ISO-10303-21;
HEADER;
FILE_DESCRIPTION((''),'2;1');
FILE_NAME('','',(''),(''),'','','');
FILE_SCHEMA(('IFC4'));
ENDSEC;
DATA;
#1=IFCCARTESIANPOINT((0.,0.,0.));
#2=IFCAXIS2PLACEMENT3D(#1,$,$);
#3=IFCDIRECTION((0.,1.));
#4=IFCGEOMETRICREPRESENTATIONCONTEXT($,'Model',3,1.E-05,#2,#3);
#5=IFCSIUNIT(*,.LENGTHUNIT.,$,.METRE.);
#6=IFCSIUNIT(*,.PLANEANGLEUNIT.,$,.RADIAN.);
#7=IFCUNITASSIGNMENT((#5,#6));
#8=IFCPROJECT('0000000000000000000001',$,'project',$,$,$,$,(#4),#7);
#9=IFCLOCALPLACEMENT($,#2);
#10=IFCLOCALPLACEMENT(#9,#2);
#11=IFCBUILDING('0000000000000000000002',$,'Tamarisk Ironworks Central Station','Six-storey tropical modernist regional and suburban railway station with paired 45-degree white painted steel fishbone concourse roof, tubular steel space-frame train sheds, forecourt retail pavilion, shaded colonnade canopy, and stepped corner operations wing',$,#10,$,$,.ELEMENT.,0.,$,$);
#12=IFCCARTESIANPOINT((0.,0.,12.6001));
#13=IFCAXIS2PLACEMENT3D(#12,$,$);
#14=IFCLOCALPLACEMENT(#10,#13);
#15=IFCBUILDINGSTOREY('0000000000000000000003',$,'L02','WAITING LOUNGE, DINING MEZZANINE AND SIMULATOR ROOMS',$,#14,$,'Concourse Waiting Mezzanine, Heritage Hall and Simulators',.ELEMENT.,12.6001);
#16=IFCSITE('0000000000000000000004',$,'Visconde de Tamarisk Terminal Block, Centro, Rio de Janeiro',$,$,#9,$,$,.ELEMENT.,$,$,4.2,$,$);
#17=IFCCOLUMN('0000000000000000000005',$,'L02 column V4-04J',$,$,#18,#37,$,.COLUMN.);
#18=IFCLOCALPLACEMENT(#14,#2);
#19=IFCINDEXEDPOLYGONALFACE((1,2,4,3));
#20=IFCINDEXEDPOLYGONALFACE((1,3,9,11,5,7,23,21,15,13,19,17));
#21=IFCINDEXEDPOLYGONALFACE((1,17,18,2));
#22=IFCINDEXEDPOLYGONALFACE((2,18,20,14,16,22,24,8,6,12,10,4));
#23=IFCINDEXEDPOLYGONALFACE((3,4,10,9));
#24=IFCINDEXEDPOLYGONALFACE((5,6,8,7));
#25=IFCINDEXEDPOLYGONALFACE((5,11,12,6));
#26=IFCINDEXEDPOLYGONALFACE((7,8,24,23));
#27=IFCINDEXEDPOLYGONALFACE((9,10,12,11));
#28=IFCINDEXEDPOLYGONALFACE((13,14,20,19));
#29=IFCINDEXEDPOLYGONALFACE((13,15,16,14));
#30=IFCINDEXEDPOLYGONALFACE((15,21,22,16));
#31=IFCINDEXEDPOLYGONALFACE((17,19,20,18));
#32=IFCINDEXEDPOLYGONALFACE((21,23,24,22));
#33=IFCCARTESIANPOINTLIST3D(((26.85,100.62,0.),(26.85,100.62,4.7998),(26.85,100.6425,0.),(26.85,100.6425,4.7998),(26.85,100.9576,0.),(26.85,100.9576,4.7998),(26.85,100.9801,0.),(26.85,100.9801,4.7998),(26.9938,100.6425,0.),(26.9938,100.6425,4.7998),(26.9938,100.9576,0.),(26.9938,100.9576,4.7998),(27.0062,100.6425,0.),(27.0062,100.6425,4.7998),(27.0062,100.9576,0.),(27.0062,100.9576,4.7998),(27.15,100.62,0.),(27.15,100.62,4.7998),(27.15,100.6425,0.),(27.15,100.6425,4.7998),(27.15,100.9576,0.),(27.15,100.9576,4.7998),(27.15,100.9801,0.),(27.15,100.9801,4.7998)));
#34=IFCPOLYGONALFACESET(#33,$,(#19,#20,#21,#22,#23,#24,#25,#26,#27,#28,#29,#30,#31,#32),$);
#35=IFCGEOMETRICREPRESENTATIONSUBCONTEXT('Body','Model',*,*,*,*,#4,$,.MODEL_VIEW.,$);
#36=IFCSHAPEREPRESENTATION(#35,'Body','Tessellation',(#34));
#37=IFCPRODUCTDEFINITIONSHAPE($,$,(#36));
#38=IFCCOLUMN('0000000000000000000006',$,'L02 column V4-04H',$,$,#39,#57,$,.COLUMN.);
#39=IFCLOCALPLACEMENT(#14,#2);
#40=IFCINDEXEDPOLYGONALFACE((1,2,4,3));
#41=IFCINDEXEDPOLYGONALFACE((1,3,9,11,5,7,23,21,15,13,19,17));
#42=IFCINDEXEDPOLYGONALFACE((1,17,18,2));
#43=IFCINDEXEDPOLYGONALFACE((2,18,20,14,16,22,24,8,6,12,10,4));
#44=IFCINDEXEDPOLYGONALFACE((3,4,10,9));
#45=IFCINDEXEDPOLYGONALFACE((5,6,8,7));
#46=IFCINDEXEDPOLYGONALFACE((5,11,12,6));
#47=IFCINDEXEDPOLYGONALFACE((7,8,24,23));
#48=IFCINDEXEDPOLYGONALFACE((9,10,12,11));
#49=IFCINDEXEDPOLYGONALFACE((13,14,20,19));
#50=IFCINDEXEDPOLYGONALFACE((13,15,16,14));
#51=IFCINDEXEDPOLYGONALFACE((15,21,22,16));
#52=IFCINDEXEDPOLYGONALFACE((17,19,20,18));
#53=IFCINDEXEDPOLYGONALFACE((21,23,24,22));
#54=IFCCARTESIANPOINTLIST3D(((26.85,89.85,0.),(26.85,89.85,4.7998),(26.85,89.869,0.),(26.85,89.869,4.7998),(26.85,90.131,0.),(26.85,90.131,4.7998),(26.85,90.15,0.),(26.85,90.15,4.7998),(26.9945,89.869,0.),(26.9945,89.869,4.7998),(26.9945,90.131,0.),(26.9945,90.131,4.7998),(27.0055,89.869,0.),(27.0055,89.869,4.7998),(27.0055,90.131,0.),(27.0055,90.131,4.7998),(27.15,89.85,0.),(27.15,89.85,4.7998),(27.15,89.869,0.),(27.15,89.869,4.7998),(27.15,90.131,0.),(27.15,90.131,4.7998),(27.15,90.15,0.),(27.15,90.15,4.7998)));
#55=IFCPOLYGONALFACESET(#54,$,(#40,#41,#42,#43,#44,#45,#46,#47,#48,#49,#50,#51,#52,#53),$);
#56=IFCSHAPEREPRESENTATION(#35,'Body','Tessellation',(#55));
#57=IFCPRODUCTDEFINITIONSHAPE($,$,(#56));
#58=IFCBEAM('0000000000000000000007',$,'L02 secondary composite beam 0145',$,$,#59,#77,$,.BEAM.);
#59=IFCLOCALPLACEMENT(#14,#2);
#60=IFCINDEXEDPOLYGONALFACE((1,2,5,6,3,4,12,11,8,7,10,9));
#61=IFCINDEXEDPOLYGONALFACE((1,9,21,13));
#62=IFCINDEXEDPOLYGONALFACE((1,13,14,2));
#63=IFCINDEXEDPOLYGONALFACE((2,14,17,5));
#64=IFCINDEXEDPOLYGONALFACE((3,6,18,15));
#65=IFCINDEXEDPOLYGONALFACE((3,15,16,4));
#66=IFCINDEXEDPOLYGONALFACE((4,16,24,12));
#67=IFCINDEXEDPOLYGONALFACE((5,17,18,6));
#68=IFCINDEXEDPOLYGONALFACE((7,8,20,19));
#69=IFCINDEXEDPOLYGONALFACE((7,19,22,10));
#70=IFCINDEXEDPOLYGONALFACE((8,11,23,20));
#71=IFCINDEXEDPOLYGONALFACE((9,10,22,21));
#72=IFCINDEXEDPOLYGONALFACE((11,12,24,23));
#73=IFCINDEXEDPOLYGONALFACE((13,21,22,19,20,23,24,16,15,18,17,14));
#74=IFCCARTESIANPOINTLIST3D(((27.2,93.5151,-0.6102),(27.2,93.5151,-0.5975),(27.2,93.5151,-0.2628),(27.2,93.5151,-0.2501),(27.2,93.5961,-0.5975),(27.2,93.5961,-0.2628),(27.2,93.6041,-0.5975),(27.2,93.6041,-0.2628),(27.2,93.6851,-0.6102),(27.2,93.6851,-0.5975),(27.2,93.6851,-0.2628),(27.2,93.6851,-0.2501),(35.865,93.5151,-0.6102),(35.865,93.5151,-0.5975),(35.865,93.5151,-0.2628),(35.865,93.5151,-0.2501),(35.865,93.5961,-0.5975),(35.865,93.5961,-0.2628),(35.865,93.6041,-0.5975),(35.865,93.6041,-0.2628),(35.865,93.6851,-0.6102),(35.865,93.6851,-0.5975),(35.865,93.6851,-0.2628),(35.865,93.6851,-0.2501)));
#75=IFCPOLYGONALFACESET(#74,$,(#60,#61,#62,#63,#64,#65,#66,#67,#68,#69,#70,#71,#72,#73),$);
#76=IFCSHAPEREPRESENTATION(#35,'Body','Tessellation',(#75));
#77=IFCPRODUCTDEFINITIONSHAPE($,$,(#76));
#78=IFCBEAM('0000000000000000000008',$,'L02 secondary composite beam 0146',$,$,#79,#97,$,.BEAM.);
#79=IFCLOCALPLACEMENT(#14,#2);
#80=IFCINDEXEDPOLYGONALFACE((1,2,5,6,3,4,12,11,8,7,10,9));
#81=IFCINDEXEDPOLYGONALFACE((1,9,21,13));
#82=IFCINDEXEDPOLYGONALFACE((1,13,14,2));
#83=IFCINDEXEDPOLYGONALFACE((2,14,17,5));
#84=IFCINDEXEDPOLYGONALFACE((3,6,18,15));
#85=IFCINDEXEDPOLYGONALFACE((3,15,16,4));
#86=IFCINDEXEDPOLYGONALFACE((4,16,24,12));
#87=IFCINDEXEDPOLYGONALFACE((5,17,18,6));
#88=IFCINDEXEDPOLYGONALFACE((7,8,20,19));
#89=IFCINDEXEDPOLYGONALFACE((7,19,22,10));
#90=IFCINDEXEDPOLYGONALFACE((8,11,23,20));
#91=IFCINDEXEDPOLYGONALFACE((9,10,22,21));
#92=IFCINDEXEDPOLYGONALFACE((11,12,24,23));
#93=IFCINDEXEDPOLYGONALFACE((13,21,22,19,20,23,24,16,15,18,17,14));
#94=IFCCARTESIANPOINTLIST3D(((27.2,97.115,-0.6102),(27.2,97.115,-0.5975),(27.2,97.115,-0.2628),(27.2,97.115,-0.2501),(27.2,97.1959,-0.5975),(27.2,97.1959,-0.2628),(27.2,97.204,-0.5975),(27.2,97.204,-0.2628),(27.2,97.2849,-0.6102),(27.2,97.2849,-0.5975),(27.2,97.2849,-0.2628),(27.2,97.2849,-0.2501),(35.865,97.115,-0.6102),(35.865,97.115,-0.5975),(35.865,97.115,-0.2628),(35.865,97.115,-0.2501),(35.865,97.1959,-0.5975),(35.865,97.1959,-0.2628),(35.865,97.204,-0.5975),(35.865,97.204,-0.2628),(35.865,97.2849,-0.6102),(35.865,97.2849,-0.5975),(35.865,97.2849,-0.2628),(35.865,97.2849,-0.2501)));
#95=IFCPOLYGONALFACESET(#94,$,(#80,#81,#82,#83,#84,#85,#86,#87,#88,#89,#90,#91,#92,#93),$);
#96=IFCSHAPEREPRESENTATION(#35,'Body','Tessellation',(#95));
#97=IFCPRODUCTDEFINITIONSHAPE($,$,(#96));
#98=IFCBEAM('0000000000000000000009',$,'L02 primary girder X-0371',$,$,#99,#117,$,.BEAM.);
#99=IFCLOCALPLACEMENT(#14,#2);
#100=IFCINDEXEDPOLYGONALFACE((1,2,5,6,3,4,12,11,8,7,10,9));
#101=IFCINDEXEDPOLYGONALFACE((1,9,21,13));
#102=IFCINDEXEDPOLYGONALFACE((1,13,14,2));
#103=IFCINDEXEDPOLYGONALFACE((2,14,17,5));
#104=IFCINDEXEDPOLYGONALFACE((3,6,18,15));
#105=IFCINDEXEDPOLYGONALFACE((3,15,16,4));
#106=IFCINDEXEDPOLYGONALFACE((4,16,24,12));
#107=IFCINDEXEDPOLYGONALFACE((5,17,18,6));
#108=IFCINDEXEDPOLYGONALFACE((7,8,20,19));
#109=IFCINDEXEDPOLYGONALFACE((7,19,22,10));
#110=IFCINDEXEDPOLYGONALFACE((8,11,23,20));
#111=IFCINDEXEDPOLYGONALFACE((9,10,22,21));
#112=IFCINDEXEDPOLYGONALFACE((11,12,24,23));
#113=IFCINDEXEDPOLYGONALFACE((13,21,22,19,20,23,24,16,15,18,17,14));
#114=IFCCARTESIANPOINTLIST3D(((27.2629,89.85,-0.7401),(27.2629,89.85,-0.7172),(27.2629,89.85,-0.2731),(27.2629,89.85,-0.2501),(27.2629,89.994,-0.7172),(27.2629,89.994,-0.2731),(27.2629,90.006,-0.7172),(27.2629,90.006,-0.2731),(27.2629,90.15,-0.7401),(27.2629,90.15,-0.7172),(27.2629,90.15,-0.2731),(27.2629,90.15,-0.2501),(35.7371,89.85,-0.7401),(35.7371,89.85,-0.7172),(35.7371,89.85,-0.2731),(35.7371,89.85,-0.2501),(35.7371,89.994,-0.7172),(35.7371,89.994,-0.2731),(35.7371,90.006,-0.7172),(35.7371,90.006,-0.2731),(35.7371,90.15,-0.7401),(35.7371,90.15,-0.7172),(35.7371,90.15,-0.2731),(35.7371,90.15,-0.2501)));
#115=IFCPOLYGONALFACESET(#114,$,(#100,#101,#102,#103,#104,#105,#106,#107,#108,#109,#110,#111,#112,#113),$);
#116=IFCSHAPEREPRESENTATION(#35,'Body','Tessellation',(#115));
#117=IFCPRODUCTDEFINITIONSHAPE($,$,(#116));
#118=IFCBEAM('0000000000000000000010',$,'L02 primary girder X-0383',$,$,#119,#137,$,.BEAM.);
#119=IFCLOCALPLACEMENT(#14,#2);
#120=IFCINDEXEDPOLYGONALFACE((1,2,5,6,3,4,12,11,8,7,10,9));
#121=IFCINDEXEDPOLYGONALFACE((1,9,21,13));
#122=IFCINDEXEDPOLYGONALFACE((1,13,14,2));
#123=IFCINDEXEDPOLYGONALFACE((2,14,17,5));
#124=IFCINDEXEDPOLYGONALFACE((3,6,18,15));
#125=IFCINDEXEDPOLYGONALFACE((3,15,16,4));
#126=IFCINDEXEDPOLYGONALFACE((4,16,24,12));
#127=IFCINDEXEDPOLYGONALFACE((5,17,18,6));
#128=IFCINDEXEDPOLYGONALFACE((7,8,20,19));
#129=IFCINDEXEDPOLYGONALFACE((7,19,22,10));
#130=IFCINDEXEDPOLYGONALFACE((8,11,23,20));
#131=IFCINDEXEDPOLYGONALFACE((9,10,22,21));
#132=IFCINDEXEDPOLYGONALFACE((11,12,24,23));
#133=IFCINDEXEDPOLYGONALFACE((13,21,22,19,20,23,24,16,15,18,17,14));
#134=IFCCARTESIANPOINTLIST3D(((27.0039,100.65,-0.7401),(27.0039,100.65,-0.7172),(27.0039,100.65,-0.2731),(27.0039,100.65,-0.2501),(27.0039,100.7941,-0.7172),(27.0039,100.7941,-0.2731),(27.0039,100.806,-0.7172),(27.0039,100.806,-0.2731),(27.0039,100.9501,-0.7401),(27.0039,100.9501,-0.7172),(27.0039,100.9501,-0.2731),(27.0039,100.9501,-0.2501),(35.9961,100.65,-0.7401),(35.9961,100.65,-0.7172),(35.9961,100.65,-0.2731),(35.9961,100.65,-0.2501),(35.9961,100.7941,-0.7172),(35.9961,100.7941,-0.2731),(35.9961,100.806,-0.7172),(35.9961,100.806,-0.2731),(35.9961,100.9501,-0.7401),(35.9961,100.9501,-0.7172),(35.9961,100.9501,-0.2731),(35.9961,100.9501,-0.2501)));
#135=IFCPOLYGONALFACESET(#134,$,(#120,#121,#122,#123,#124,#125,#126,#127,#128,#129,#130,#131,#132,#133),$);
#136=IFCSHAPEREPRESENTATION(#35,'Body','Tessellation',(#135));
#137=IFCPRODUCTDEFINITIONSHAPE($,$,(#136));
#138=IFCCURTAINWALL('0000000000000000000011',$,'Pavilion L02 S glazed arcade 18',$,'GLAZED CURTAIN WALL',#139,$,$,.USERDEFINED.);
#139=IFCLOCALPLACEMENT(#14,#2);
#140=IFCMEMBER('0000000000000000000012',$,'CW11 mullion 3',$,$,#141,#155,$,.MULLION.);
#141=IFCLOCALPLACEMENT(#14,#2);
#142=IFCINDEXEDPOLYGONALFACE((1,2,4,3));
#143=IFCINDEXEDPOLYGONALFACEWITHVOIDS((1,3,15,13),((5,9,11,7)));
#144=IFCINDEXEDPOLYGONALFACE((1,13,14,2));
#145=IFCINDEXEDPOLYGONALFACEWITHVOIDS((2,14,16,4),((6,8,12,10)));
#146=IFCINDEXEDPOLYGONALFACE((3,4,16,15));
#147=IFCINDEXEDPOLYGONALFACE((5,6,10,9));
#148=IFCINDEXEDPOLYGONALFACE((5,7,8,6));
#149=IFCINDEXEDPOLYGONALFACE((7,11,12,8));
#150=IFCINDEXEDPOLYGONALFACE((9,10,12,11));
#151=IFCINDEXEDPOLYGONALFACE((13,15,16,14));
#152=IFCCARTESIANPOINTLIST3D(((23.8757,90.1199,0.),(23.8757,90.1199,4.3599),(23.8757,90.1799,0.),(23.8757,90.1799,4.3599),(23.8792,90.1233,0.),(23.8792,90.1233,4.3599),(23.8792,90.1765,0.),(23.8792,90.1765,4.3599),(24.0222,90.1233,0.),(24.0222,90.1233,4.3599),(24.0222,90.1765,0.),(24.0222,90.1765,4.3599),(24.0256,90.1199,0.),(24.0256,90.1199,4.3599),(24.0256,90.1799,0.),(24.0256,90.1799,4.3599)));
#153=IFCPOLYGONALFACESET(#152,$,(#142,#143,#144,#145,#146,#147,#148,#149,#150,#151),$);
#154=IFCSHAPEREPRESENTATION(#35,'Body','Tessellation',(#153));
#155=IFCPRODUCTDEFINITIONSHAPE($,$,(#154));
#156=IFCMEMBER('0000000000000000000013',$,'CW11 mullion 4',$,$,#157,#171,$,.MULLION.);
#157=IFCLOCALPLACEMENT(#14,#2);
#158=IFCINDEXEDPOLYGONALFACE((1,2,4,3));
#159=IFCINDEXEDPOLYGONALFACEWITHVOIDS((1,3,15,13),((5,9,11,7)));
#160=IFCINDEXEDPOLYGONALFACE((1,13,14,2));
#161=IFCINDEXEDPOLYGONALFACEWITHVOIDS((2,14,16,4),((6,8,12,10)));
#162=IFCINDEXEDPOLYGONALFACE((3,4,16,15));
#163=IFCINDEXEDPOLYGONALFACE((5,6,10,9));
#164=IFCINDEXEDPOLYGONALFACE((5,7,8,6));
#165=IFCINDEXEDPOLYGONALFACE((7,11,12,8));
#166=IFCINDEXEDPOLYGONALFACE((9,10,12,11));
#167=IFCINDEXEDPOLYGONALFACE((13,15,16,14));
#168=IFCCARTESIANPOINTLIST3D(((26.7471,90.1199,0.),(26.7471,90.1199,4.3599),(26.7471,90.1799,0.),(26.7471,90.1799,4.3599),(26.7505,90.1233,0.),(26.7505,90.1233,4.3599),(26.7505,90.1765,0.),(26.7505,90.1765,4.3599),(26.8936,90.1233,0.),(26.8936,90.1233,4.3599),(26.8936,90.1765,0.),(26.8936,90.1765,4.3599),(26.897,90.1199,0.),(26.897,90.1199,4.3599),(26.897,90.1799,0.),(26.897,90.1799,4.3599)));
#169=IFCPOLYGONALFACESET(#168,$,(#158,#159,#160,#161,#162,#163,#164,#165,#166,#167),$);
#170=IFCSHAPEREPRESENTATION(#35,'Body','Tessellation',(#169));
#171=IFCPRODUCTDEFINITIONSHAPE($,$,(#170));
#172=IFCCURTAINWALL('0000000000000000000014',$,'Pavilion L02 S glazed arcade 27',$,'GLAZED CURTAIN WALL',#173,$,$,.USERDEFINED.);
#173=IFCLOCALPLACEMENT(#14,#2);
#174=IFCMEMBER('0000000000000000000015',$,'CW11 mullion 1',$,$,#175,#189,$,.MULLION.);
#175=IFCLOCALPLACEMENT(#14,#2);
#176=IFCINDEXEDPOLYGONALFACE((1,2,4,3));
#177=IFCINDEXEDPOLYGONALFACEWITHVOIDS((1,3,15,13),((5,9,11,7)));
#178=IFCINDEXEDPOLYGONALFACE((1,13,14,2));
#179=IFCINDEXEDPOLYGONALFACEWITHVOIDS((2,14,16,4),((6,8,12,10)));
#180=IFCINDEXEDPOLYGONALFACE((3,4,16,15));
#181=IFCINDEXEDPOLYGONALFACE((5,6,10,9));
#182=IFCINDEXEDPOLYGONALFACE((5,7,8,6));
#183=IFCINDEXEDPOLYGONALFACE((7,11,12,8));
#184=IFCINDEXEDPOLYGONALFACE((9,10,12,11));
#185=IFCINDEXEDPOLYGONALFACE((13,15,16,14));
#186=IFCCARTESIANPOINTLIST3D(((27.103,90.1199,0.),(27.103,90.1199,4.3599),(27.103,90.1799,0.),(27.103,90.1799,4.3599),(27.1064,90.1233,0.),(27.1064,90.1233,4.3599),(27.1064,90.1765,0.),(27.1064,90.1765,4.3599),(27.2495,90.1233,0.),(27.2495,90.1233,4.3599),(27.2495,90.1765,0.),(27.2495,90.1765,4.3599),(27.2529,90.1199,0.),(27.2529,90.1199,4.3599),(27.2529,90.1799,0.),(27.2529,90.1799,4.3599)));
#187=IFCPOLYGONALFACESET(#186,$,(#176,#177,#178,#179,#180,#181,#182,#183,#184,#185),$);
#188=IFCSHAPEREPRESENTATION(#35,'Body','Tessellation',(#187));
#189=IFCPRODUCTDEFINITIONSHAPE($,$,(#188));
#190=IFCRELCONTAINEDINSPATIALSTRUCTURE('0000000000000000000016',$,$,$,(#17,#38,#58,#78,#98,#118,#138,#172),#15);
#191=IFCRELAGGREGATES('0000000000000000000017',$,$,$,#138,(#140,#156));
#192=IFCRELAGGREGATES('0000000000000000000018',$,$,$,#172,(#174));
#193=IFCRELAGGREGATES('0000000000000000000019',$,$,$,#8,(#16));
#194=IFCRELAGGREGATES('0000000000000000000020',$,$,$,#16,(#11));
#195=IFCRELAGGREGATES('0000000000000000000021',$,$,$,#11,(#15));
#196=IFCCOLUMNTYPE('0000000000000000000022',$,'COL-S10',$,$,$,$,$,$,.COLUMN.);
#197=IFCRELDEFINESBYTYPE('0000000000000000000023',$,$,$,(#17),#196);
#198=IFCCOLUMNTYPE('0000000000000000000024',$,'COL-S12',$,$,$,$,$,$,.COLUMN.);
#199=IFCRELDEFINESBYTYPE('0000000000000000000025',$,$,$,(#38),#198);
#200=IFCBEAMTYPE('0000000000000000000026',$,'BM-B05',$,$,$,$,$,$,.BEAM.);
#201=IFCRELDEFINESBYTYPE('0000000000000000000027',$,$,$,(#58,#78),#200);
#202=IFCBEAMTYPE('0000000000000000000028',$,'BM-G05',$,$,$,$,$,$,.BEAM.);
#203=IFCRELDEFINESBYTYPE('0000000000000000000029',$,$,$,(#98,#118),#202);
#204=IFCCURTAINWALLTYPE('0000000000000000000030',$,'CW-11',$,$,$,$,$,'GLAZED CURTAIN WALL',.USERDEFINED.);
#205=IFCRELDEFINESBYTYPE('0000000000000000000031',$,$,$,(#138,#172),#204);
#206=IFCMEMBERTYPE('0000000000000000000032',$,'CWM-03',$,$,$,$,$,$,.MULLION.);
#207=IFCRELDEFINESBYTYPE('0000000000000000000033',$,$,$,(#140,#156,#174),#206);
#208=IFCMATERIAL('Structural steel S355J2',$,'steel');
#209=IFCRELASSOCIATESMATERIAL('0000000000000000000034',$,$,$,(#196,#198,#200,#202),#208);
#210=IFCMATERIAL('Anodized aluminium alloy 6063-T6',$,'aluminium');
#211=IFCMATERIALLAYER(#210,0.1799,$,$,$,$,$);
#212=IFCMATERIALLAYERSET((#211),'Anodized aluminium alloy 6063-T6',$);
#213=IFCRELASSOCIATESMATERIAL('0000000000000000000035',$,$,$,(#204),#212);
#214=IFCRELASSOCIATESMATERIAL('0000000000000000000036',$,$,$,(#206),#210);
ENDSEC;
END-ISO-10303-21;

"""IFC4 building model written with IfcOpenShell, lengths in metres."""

from ifc_helpers import new_model, si_unit, direction, frame, origin, origin_2d, place, context, subcontext, project, spatial, hollow_rectangle, i_section, extrude, material, layer, layer_set, material_profile, profile_set, type_object, element, aggregate, save


model = new_model("IFC4")

# Units and contexts
model_context = context("Model", 3, precision=1e-05, world=origin(), true_north=direction((0.0, 1.0)))
body_context = subcontext(model_context, "Body", "Model", "MODEL_VIEW")
ifc_project = project(units=[si_unit("LENGTHUNIT", "METRE"), si_unit("PLANEANGLEUNIT", "RADIAN")], contexts=[model_context])

# Site, building, storey
site_placement = place(None, origin())
site = spatial("IfcSite", under=ifc_project, at=site_placement, Name="Visconde de Tamarisk Terminal Block, Centro, Rio de Janeiro", CompositionType="ELEMENT", RefElevation=4.2)
building_placement = place(site_placement, origin())
building = spatial("IfcBuilding", under=site, at=building_placement, Name="Tamarisk Ironworks Central Station", Description="Six-storey tropical modernist regional and suburban railway station with paired 45-degree white painted steel fishbone concourse roof, tubular steel space-frame train sheds, forecourt retail pavilion, shaded colonnade canopy, and stepped corner operations wing", CompositionType="ELEMENT", ElevationOfRefHeight=0.0)
storey_placement = place(building_placement, frame((0.0, 0.0, 12.6001)))
storey = spatial("IfcBuildingStorey", under=building, at=storey_placement, Name="L02", Description="WAITING LOUNGE, DINING MEZZANINE AND SIMULATOR ROOMS", LongName="Concourse Waiting Mezzanine, Heritage Hall and Simulators", CompositionType="ELEMENT", Elevation=12.6001)

# Columns
ifc_material_1 = material(Name="Structural steel S355J2", Category="steel")
ifc_material_profile_1 = material_profile(ifc_material_1, i_section(OverallWidth=0.3, OverallDepth=0.3601, WebThickness=0.0125, FlangeThickness=0.0225, at=origin_2d()), Name="HEB 360")
ifc_profile_set_1 = profile_set([ifc_material_profile_1], Name="Structural steel S355J2")
column_type_1 = type_object("IfcColumnType", Name="COL-S10", PredefinedType="COLUMN", material=ifc_profile_set_1)
column_1_placement = place(storey_placement, frame((27.0, 100.8, 0.0), z_axis=(0.0, 0.0, 1.0), x_axis=(1.0, 0.0, 0.0)))
element("IfcColumn", 1, at=column_1_placement, inside=storey, type_object=column_type_1, Name="L02 column V4-04J", PredefinedType="COLUMN", context=body_context, shape_type="SweptSolid", body=[
    extrude(i_section(OverallWidth=0.3, OverallDepth=0.3601, WebThickness=0.0125, FlangeThickness=0.0225, at=origin_2d()), origin(), (0.0, 0.0, 1.0), 4.7998),
])
ifc_material_profile_2 = material_profile(ifc_material_1, i_section(OverallWidth=0.3, OverallDepth=0.3, WebThickness=0.011, FlangeThickness=0.019, at=origin_2d()), Name="HEB 300")
ifc_profile_set_2 = profile_set([ifc_material_profile_2], Name="Structural steel S355J2")
column_type_2 = type_object("IfcColumnType", Name="COL-S12", PredefinedType="COLUMN", material=ifc_profile_set_2)
column_2_placement = place(storey_placement, frame((27.0, 90.0, 0.0), z_axis=(0.0, 0.0, 1.0), x_axis=(1.0, 0.0, 0.0)))
element("IfcColumn", 2, at=column_2_placement, inside=storey, type_object=column_type_2, Name="L02 column V4-04H", PredefinedType="COLUMN", context=body_context, shape_type="SweptSolid", body=[
    extrude(i_section(OverallWidth=0.3, OverallDepth=0.3, WebThickness=0.011, FlangeThickness=0.019, at=origin_2d()), origin(), (0.0, 0.0, 1.0), 4.7998),
])

# Beams
ifc_material_profile_3 = material_profile(ifc_material_1, i_section(OverallWidth=0.1699, OverallDepth=0.3601, WebThickness=0.0081, FlangeThickness=0.0127, at=origin_2d()), Name="IPE 360")
ifc_profile_set_3 = profile_set([ifc_material_profile_3], Name="Structural steel S355J2")
beam_type_1 = type_object("IfcBeamType", Name="BM-B05", PredefinedType="BEAM", material=ifc_profile_set_3)
for number, where, z_axis, x_axis, name in (
    (3, (27.2, 93.6001, -0.4302), (1.0, 0.0, 0.0), (0.0, 1.0, 0.0), "L02 secondary composite beam 0145"),
    (4, (27.2, 97.2, -0.4302), (1.0, 0.0, 0.0), (0.0, 1.0, 0.0), "L02 secondary composite beam 0146"),
):
    element("IfcBeam", number, at=place(storey_placement, frame(where, z_axis=z_axis, x_axis=x_axis)), inside=storey, type_object=beam_type_1, Name=name, PredefinedType="BEAM", context=body_context, shape_type="SweptSolid", body=[
        extrude(i_section(OverallWidth=0.1699, OverallDepth=0.3601, WebThickness=0.0081, FlangeThickness=0.0127, at=origin_2d()), origin(), (0.0, 0.0, 1.0), 8.665),
    ])
ifc_material_profile_4 = material_profile(ifc_material_1, i_section(OverallWidth=0.3, OverallDepth=0.49, WebThickness=0.012, FlangeThickness=0.0229, at=origin_2d()), Name="HEA 500")
ifc_profile_set_4 = profile_set([ifc_material_profile_4], Name="Structural steel S355J2")
beam_type_2 = type_object("IfcBeamType", Name="BM-G05", PredefinedType="BEAM", material=ifc_profile_set_4)
beam_1_placement = place(storey_placement, frame((27.2629, 90.0, -0.4951), z_axis=(1.0, 0.0, 0.0), x_axis=(0.0, 1.0, 0.0)))
element("IfcBeam", 5, at=beam_1_placement, inside=storey, type_object=beam_type_2, Name="L02 primary girder X-0371", PredefinedType="BEAM", context=body_context, shape_type="SweptSolid", body=[
    extrude(i_section(OverallWidth=0.3, OverallDepth=0.49, WebThickness=0.012, FlangeThickness=0.0229, at=origin_2d()), origin(), (0.0, 0.0, 1.0), 8.4741),
])
beam_2_placement = place(storey_placement, frame((27.0039, 100.8, -0.4951), z_axis=(1.0, 0.0, 0.0), x_axis=(0.0, 1.0, 0.0)))
element("IfcBeam", 6, at=beam_2_placement, inside=storey, type_object=beam_type_2, Name="L02 primary girder X-0383", PredefinedType="BEAM", context=body_context, shape_type="SweptSolid", body=[
    extrude(i_section(OverallWidth=0.3, OverallDepth=0.49, WebThickness=0.012, FlangeThickness=0.0229, at=origin_2d()), origin(), (0.0, 0.0, 1.0), 8.9922),
])

# Curtain wall, members
ifc_material_2 = material(Name="Anodized aluminium alloy 6063-T6", Category="aluminium")
ifc_layer_1 = layer(ifc_material_2, 0.1799)
ifc_layer_set_1 = layer_set([ifc_layer_1], Name="Anodized aluminium alloy 6063-T6")
curtain_wall_type = type_object("IfcCurtainWallType", Name="CW-11", ElementType="GLAZED CURTAIN WALL", PredefinedType="USERDEFINED", material=ifc_layer_set_1)
curtain_wall_1_placement = place(storey_placement, origin())
curtain_wall_1 = element("IfcCurtainWall", 7, at=curtain_wall_1_placement, inside=storey, type_object=curtain_wall_type, Name="Pavilion L02 S glazed arcade 18", ObjectType="GLAZED CURTAIN WALL", PredefinedType="USERDEFINED")
ifc_material_profile_5 = material_profile(ifc_material_2, hollow_rectangle(XDim=0.0601, YDim=0.1499, WallThickness=0.0034, at=origin_2d()), Name="ALUM 150x60")
ifc_profile_set_5 = profile_set([ifc_material_profile_5], Name="Anodized aluminium alloy 6063-T6")
member_type_1 = type_object("IfcMemberType", Name="CWM-03", PredefinedType="MULLION", material=ifc_profile_set_5)
member_1_placement = place(storey_placement, frame((23.9507, 90.1499, 0.0), z_axis=(0.0, 0.0, 1.0), x_axis=(0.0, 1.0, 0.0)))
member_1 = element("IfcMember", 8, at=member_1_placement, type_object=member_type_1, Name="CW11 mullion 3", PredefinedType="MULLION", context=body_context, shape_type="SweptSolid", body=[
    extrude(hollow_rectangle(XDim=0.0601, YDim=0.1499, WallThickness=0.0034, at=origin_2d()), origin(), (0.0, 0.0, 1.0), 4.3599),
])
member_2_placement = place(storey_placement, frame((26.822, 90.1499, 0.0), z_axis=(0.0, 0.0, 1.0), x_axis=(0.0, 1.0, 0.0)))
member_2 = element("IfcMember", 9, at=member_2_placement, type_object=member_type_1, Name="CW11 mullion 4", PredefinedType="MULLION", context=body_context, shape_type="SweptSolid", body=[
    extrude(hollow_rectangle(XDim=0.0601, YDim=0.1499, WallThickness=0.0034, at=origin_2d()), origin(), (0.0, 0.0, 1.0), 4.3599),
])

# Curtain wall, member
curtain_wall_2_placement = place(storey_placement, origin())
curtain_wall_2 = element("IfcCurtainWall", 10, at=curtain_wall_2_placement, inside=storey, type_object=curtain_wall_type, Name="Pavilion L02 S glazed arcade 27", ObjectType="GLAZED CURTAIN WALL", PredefinedType="USERDEFINED")
member_3_placement = place(storey_placement, frame((27.178, 90.1499, 0.0), z_axis=(0.0, 0.0, 1.0), x_axis=(0.0, 1.0, 0.0)))
member_3 = element("IfcMember", 11, at=member_3_placement, type_object=member_type_1, Name="CW11 mullion 1", PredefinedType="MULLION", context=body_context, shape_type="SweptSolid", body=[
    extrude(hollow_rectangle(XDim=0.0601, YDim=0.1499, WallThickness=0.0034, at=origin_2d()), origin(), (0.0, 0.0, 1.0), 4.3599),
])

aggregate(curtain_wall_1, [member_1, member_2])
aggregate(curtain_wall_2, [member_3])

save(model, "model.ifc")
